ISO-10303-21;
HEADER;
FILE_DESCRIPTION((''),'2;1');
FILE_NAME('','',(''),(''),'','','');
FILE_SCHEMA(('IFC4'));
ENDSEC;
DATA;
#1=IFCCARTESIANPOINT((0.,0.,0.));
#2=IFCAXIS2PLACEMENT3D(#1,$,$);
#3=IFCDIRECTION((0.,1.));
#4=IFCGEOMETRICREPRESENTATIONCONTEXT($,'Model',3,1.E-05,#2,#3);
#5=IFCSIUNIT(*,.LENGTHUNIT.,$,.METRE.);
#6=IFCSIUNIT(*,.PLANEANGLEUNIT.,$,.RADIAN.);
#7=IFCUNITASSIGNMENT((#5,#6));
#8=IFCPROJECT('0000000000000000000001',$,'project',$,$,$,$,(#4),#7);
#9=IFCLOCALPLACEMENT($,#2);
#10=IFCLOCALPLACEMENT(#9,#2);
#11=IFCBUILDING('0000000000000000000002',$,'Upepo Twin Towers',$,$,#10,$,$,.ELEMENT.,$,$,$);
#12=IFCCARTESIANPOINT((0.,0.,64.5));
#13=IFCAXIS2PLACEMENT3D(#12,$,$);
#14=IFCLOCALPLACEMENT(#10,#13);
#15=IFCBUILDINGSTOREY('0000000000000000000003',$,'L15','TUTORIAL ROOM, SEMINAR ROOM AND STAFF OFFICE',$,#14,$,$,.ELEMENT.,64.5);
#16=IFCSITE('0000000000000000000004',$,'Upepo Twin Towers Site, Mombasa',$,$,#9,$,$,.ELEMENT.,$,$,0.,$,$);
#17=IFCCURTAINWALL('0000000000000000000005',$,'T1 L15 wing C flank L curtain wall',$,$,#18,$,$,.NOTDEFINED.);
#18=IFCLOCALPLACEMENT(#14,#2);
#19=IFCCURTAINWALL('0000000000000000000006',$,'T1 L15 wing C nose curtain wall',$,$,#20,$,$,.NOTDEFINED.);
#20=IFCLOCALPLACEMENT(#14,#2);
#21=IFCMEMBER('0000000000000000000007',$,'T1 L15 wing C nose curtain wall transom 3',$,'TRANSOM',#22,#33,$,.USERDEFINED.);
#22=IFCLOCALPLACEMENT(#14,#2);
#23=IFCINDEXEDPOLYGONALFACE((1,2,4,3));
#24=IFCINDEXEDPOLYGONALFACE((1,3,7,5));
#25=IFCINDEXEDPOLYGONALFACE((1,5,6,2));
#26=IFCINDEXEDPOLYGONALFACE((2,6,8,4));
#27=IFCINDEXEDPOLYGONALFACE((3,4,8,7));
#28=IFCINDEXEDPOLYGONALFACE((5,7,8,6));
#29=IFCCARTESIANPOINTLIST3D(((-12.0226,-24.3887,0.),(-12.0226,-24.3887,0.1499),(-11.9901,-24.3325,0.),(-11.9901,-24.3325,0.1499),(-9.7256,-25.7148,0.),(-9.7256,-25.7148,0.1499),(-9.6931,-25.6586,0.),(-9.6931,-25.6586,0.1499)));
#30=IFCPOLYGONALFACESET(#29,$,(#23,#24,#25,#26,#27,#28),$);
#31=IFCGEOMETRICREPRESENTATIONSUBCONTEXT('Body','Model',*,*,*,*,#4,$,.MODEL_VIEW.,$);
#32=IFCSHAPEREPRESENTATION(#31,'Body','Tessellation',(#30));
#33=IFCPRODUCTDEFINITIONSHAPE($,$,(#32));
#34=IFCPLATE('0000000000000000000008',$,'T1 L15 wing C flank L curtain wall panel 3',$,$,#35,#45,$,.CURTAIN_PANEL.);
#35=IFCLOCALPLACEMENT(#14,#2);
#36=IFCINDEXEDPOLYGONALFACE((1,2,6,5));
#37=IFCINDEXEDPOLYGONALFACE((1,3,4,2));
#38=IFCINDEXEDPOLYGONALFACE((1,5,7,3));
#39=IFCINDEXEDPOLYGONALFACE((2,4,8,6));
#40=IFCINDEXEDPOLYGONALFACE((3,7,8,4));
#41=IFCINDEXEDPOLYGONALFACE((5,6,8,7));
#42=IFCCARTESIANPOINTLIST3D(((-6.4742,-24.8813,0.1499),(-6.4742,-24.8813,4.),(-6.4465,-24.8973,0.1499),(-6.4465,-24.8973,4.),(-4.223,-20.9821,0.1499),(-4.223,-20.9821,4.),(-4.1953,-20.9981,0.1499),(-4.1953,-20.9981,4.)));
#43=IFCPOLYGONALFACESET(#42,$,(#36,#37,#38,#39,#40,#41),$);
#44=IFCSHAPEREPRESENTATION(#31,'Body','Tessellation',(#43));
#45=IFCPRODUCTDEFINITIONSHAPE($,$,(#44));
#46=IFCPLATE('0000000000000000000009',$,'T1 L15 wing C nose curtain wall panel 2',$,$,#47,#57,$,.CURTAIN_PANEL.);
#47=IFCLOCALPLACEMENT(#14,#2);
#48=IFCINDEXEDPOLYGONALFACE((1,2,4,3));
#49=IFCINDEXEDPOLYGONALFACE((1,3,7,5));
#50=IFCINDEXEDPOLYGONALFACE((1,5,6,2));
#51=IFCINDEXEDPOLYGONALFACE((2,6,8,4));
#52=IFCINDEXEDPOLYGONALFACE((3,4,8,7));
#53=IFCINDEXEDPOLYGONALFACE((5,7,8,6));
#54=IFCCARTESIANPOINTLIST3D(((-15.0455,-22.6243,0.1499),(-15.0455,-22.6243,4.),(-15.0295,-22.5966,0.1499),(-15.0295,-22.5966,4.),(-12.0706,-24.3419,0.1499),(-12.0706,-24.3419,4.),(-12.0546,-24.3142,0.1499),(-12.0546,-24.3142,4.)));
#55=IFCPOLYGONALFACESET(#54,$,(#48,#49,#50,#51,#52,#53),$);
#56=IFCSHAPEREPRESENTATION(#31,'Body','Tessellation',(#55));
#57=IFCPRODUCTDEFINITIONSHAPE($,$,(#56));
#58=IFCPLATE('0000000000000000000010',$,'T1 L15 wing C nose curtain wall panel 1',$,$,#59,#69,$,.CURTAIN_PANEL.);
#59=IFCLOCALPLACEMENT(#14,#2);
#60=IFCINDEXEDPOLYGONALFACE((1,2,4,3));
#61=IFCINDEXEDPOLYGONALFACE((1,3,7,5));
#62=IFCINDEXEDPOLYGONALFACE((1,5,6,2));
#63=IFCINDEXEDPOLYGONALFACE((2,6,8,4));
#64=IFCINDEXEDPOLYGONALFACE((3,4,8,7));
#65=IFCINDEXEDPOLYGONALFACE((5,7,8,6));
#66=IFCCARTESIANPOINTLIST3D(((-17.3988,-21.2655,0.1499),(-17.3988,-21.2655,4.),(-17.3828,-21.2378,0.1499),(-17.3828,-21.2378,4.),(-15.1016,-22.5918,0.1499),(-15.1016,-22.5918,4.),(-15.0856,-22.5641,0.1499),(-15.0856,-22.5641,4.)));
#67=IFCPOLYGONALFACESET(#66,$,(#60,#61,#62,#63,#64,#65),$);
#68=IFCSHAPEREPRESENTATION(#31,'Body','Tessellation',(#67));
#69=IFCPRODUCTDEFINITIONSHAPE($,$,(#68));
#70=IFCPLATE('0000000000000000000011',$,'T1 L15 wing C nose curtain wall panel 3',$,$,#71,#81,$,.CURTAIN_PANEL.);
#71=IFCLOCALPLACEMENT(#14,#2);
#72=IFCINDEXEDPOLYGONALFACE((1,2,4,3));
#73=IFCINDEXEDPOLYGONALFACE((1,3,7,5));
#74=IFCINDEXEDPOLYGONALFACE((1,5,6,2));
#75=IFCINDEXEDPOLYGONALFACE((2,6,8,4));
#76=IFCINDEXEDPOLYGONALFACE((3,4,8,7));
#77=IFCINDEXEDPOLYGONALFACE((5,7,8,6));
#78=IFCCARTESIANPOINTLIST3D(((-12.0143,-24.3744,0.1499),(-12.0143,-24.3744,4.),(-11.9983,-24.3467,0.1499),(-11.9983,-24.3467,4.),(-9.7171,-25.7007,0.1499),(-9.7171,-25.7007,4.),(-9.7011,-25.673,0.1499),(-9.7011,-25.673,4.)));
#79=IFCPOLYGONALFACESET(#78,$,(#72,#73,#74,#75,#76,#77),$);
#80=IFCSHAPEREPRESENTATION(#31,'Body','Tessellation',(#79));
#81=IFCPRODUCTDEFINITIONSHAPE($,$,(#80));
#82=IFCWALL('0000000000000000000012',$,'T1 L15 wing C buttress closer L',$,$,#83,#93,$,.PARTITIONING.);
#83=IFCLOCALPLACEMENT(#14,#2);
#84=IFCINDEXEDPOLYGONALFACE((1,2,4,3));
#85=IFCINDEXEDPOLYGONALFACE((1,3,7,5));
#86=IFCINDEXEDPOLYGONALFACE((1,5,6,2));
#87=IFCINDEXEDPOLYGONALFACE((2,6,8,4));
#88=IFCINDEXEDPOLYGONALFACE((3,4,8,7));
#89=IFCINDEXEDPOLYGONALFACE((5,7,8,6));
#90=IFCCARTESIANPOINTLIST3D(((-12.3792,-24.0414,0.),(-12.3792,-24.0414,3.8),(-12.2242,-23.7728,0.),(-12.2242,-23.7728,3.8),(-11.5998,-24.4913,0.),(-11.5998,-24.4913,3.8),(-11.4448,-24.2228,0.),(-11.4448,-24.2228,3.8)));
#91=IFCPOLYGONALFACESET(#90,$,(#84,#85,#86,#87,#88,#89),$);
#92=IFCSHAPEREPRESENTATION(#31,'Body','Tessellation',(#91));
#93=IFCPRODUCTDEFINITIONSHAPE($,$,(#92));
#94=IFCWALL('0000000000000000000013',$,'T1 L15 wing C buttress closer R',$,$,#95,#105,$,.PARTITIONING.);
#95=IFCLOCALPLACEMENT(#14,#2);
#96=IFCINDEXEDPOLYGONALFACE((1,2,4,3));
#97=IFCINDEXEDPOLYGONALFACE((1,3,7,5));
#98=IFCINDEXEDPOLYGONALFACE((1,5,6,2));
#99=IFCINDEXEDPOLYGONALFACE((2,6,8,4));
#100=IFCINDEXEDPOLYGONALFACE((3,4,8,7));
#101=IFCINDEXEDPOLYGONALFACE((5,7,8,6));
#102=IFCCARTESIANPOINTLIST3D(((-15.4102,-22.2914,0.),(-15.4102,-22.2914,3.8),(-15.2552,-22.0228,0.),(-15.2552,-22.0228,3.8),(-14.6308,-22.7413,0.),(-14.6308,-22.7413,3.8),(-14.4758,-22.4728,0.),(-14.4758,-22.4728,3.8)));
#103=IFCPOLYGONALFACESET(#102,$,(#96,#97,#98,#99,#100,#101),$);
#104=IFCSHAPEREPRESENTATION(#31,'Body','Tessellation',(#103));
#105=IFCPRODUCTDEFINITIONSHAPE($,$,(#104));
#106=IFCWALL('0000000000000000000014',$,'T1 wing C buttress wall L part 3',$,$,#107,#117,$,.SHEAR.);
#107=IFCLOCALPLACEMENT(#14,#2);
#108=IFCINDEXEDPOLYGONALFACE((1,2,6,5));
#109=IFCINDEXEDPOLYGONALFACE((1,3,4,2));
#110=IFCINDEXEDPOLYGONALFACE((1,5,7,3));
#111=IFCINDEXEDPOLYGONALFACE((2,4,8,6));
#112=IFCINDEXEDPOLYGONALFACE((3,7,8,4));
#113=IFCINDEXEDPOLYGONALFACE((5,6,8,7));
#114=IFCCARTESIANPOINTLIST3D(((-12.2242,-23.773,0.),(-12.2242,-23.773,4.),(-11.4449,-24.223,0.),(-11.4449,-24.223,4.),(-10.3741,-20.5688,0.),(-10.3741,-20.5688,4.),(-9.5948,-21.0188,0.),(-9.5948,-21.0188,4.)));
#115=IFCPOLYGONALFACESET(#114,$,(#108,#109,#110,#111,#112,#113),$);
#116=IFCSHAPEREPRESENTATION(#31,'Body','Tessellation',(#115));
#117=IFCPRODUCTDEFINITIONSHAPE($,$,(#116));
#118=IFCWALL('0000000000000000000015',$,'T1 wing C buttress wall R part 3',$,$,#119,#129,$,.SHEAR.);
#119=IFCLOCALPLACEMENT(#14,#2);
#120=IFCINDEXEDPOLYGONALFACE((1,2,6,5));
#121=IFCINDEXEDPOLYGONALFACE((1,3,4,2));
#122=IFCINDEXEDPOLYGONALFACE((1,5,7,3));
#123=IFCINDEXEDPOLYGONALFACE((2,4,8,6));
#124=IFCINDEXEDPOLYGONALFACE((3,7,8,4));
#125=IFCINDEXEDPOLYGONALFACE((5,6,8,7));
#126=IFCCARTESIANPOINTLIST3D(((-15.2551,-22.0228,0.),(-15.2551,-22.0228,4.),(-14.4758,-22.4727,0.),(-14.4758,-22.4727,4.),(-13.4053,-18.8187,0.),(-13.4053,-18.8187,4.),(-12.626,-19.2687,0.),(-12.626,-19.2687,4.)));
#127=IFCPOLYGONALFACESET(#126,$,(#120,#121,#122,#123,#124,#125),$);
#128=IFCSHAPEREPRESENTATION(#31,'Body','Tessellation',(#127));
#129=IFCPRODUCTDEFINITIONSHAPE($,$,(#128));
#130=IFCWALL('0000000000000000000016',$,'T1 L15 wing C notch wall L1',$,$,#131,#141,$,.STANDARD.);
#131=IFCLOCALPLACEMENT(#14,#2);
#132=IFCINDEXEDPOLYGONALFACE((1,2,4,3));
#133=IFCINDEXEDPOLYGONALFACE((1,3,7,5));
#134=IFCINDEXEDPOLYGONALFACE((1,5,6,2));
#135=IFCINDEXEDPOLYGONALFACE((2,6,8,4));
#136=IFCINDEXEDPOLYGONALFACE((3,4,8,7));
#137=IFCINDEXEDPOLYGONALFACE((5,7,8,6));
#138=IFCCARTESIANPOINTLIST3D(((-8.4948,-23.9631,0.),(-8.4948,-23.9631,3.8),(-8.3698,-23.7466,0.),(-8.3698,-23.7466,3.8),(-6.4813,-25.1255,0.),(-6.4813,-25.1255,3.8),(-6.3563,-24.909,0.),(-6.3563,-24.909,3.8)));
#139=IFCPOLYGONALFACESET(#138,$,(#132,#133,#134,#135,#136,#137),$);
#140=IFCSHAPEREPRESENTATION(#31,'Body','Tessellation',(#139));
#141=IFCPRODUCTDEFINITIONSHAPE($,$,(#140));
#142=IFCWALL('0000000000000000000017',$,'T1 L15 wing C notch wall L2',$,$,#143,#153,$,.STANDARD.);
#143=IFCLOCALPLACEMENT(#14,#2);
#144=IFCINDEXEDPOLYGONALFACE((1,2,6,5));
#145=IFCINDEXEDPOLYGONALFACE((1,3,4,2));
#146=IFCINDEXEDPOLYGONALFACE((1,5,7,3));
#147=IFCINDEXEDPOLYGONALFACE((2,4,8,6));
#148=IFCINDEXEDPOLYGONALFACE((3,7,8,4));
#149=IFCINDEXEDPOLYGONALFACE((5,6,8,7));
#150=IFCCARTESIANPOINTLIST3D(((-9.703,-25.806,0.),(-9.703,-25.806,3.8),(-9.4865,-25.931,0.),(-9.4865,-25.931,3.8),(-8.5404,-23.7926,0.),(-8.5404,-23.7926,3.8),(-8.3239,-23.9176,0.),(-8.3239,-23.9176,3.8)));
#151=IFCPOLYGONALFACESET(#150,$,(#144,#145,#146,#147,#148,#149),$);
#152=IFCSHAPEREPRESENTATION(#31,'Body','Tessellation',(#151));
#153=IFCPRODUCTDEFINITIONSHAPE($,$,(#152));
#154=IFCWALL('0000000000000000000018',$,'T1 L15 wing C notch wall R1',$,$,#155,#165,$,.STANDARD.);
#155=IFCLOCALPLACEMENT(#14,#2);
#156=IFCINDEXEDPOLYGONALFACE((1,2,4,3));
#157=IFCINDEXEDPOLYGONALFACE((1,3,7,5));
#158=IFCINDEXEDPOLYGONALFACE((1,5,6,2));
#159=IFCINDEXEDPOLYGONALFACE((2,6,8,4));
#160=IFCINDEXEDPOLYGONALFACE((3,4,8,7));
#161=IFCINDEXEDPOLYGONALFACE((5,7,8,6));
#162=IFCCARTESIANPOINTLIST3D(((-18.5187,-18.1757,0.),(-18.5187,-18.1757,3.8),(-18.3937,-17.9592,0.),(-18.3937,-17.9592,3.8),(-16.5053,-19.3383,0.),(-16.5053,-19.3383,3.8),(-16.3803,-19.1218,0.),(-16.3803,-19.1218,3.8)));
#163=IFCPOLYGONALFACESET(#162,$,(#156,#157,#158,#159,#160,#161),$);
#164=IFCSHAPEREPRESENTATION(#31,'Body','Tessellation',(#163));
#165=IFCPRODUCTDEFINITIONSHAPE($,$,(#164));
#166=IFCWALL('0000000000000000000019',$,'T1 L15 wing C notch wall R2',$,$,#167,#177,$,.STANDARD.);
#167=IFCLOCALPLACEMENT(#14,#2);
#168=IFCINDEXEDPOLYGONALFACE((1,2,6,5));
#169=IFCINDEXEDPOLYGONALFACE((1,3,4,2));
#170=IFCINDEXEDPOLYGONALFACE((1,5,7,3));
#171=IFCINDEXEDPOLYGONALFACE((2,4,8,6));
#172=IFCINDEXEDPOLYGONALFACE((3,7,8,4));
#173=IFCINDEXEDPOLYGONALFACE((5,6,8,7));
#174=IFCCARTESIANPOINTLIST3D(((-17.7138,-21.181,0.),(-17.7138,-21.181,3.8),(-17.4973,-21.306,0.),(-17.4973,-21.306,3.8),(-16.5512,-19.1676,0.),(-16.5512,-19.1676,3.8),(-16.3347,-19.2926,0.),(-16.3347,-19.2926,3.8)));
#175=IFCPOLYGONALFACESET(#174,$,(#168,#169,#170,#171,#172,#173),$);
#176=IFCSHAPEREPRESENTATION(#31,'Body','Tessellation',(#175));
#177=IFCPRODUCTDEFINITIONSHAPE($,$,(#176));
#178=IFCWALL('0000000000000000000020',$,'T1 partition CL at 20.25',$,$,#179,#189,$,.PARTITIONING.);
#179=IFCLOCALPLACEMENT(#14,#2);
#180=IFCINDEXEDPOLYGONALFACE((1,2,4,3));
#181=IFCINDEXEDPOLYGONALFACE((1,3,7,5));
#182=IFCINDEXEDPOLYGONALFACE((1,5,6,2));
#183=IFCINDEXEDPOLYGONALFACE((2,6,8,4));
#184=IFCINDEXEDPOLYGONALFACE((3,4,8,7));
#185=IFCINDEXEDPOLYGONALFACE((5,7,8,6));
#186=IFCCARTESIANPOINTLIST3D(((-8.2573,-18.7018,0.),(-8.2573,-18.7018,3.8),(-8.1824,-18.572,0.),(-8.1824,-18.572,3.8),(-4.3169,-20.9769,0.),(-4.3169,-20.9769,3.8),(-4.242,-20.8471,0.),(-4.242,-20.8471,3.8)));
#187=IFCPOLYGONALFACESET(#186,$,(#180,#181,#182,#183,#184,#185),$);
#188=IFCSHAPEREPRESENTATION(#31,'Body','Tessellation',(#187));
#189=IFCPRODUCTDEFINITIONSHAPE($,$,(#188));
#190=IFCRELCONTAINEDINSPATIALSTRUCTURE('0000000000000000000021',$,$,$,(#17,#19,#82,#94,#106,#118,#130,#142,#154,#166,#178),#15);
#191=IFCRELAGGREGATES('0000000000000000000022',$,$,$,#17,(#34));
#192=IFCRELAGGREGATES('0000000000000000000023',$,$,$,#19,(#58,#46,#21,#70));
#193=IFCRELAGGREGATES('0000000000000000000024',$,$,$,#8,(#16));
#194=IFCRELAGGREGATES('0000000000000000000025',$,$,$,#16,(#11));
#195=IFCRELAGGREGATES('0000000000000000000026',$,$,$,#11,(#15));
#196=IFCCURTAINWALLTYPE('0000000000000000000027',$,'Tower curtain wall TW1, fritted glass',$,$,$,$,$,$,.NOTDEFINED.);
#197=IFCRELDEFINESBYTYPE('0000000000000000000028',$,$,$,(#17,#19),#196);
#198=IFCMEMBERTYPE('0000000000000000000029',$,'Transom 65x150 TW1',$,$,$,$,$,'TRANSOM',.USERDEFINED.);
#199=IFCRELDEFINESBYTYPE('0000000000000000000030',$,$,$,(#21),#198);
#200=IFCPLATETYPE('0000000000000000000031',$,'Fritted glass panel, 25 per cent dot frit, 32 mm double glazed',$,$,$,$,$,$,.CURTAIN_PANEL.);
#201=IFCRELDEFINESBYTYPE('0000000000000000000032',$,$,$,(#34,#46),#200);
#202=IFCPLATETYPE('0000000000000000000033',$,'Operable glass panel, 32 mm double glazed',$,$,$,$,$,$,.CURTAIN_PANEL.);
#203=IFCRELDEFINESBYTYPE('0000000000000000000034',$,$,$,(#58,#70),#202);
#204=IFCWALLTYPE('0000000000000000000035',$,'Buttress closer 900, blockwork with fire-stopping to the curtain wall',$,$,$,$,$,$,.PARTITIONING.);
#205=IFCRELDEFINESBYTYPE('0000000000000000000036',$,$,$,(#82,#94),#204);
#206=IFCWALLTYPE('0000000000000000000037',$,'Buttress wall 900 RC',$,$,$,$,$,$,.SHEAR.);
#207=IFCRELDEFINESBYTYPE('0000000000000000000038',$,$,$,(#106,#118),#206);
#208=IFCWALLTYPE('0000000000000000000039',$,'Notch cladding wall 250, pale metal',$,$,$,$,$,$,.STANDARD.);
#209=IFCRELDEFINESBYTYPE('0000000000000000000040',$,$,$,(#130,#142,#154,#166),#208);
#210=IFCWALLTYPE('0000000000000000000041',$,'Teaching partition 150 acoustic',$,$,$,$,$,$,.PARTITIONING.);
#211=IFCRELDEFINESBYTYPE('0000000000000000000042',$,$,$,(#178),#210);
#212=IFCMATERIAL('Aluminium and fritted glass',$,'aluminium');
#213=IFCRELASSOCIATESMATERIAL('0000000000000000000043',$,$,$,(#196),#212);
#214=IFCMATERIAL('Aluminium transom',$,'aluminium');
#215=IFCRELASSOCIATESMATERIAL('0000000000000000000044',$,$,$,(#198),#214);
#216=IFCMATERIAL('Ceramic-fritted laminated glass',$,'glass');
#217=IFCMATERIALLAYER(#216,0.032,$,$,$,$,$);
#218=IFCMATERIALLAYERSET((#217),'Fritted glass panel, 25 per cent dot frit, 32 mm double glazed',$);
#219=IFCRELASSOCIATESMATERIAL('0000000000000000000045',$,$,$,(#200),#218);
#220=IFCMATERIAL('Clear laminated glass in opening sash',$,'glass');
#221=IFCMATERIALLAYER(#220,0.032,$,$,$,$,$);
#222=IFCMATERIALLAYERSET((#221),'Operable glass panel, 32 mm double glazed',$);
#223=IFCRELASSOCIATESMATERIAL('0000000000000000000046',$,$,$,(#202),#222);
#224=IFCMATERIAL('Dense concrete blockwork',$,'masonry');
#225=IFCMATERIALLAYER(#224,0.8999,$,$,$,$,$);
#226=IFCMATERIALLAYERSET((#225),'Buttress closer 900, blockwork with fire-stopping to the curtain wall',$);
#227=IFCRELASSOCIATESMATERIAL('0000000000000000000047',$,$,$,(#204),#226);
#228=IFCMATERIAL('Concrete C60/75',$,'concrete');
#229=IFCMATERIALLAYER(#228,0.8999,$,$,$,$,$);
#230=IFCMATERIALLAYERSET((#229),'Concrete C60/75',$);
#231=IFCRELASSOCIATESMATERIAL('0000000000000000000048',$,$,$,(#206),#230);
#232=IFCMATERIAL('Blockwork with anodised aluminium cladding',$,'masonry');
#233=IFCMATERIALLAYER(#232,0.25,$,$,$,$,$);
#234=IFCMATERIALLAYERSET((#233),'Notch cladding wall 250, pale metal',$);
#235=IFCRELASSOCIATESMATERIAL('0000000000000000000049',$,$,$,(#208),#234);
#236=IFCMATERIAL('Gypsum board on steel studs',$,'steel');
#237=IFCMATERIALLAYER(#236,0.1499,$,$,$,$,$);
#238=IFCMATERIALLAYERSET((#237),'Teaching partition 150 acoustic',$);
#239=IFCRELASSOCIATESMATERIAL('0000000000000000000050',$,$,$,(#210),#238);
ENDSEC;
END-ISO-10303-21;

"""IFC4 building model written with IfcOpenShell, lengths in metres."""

from ifc_helpers import new_model, si_unit, direction, frame, frame_2d, origin, origin_2d, place, context, subcontext, project, spatial, rectangle, extrude, material, layer, layer_set, material_profile, profile_set, type_object, element, aggregate, save


model = new_model("IFC4")

# Units and contexts
model_context = context("Model", 3, precision=1e-05, world=origin(), true_north=direction((0.0, 1.0)))
body_context = subcontext(model_context, "Body", "Model", "MODEL_VIEW")
ifc_project = project(units=[si_unit("LENGTHUNIT", "METRE"), si_unit("PLANEANGLEUNIT", "RADIAN")], contexts=[model_context])

# Site, building, storey
site_placement = place(None, origin())
site = spatial("IfcSite", under=ifc_project, at=site_placement, Name="Upepo Twin Towers Site, Mombasa", CompositionType="ELEMENT", RefElevation=0.0)
building_placement = place(site_placement, origin())
building = spatial("IfcBuilding", under=site, at=building_placement, Name="Upepo Twin Towers", CompositionType="ELEMENT")
storey_placement = place(building_placement, frame((0.0, 0.0, 64.5)))
storey = spatial("IfcBuildingStorey", under=building, at=storey_placement, Name="L15", Description="TUTORIAL ROOM, SEMINAR ROOM AND STAFF OFFICE", CompositionType="ELEMENT", Elevation=64.5)

# Curtain wall
ifc_material_1 = material(Name="Aluminium and fritted glass", Category="aluminium")
curtain_wall_type = type_object("IfcCurtainWallType", Name="Tower curtain wall TW1, fritted glass", PredefinedType="NOTDEFINED", material=ifc_material_1)
curtain_wall_1_placement = place(storey_placement, origin())
curtain_wall_1 = element("IfcCurtainWall", 1, at=curtain_wall_1_placement, inside=storey, type_object=curtain_wall_type, Name="T1 L15 wing C flank L curtain wall", PredefinedType="NOTDEFINED")

# Curtain wall
curtain_wall_2_placement = place(storey_placement, origin())
curtain_wall_2 = element("IfcCurtainWall", 2, at=curtain_wall_2_placement, inside=storey, type_object=curtain_wall_type, Name="T1 L15 wing C nose curtain wall", PredefinedType="NOTDEFINED")

# Member
ifc_material_2 = material(Name="Aluminium transom", Category="aluminium")
ifc_material_profile_1 = material_profile(ifc_material_2, rectangle(XDim=0.0649, YDim=0.1499, at=origin_2d()), Name="TRANSOM 65x150")
ifc_profile_set_1 = profile_set([ifc_material_profile_1], Name="Aluminium transom")
member_type_1 = type_object("IfcMemberType", Name="Transom 65x150 TW1", ElementType="TRANSOM", PredefinedType="USERDEFINED", material=ifc_profile_set_1)
member_1_placement = place(storey_placement, frame((-12.0063, -24.3606, 0.075), z_axis=(0.866037, -0.49998, 0.0), x_axis=(0.49998, 0.866037, 0.0)))
member_1 = element("IfcMember", 3, at=member_1_placement, type_object=member_type_1, Name="T1 L15 wing C nose curtain wall transom 3", ObjectType="TRANSOM", PredefinedType="USERDEFINED", context=body_context, shape_type="SweptSolid", body=[
    extrude(rectangle(XDim=0.0649, YDim=0.1499, at=origin_2d()), origin(), (0.0, 0.0, 1.0), 2.6523),
])

# Plates
ifc_material_3 = material(Name="Ceramic-fritted laminated glass", Category="glass")
ifc_layer_1 = layer(ifc_material_3, 0.032)
ifc_layer_set_1 = layer_set([ifc_layer_1], Name="Fritted glass panel, 25 per cent dot frit, 32 mm double glazed")
plate_type_1 = type_object("IfcPlateType", Name="Fritted glass panel, 25 per cent dot frit, 32 mm double glazed", PredefinedType="CURTAIN_PANEL", material=ifc_layer_set_1)
plate_1_placement = place(storey_placement, frame((-5.3347, -22.9397, 0.1499), z_axis=(0.0, 0.0, 1.0), x_axis=(-0.5, -0.866025, 0.0)))
plate_1 = element("IfcPlate", 4, at=plate_1_placement, type_object=plate_type_1, Name="T1 L15 wing C flank L curtain wall panel 3", PredefinedType="CURTAIN_PANEL", context=body_context, shape_type="SweptSolid", body=[
    extrude(rectangle(XDim=4.5024, YDim=0.032, at=origin_2d()), origin(), (0.0, 0.0, 1.0), 3.8501),
])
aggregate(curtain_wall_1, [plate_1])
plate_2_placement = place(storey_placement, frame((-13.55, -23.4692, 0.1499), z_axis=(0.0, 0.0, 1.0), x_axis=(0.866025, -0.5, 0.0)))
plate_2 = element("IfcPlate", 5, at=plate_2_placement, type_object=plate_type_1, Name="T1 L15 wing C nose curtain wall panel 2", PredefinedType="CURTAIN_PANEL", context=body_context, shape_type="SweptSolid", body=[
    extrude(rectangle(XDim=3.4351, YDim=0.032, at=origin_2d()), origin(), (0.0, 0.0, 1.0), 3.8501),
])
ifc_material_4 = material(Name="Clear laminated glass in opening sash", Category="glass")
ifc_layer_2 = layer(ifc_material_4, 0.032)
ifc_layer_set_2 = layer_set([ifc_layer_2], Name="Operable glass panel, 32 mm double glazed")
plate_type_2 = type_object("IfcPlateType", Name="Operable glass panel, 32 mm double glazed", PredefinedType="CURTAIN_PANEL", material=ifc_layer_set_2)
plate_3_placement = place(storey_placement, frame((-16.2422, -21.9148, 0.1499), z_axis=(0.0, 0.0, 1.0), x_axis=(0.866025, -0.5, 0.0)))
plate_3 = element("IfcPlate", 6, at=plate_3_placement, type_object=plate_type_2, Name="T1 L15 wing C nose curtain wall panel 1", PredefinedType="CURTAIN_PANEL", context=body_context, shape_type="SweptSolid", body=[
    extrude(rectangle(XDim=2.6526, YDim=0.032, at=origin_2d()), origin(), (0.0, 0.0, 1.0), 3.8501),
])
plate_4_placement = place(storey_placement, frame((-10.8577, -25.0237, 0.1499), z_axis=(0.0, 0.0, 1.0), x_axis=(0.866025, -0.5, 0.0)))
plate_4 = element("IfcPlate", 7, at=plate_4_placement, type_object=plate_type_2, Name="T1 L15 wing C nose curtain wall panel 3", PredefinedType="CURTAIN_PANEL", context=body_context, shape_type="SweptSolid", body=[
    extrude(rectangle(XDim=2.6526, YDim=0.032, at=origin_2d()), origin(), (0.0, 0.0, 1.0), 3.8501),
])
aggregate(curtain_wall_2, [plate_3, plate_2, member_1, plate_4])

# Walls
ifc_material_5 = material(Name="Dense concrete blockwork", Category="masonry")
ifc_layer_3 = layer(ifc_material_5, 0.8999)
ifc_layer_set_3 = layer_set([ifc_layer_3], Name="Buttress closer 900, blockwork with fire-stopping to the curtain wall")
wall_type_1 = type_object("IfcWallType", Name="Buttress closer 900, blockwork with fire-stopping to the curtain wall", PredefinedType="PARTITIONING", material=ifc_layer_set_3)
for number, where, z_axis, x_axis, name in (
    (8, (-11.8345, -23.9978, 0.0), (0.0, 0.0, 1.0), (-0.49995, -0.866054, 0.0), "T1 L15 wing C buttress closer L"),
    (9, (-14.8655, -22.2478, 0.0), (0.0, 0.0, 1.0), (-0.49995, -0.866054, 0.0), "T1 L15 wing C buttress closer R"),
):
    element("IfcWall", number, at=place(storey_placement, frame(where, z_axis=z_axis, x_axis=x_axis)), inside=storey, type_object=wall_type_1, Name=name, PredefinedType="PARTITIONING", context=body_context, shape_type="SweptSolid", body=[
        extrude(rectangle(XDim=0.3101, YDim=0.8999, at=frame_2d((0.155, 0.0))), origin(), (0.0, 0.0, 1.0), 3.8),
    ])
ifc_material_6 = material(Name="Concrete C60/75", Category="concrete")
ifc_layer_4 = layer(ifc_material_6, 0.8999)
ifc_layer_set_4 = layer_set([ifc_layer_4], Name="Concrete C60/75")
wall_type_2 = type_object("IfcWallType", Name="Buttress wall 900 RC", PredefinedType="SHEAR", material=ifc_layer_set_4)
wall_1_placement = place(storey_placement, frame((-9.9844, -20.7937, 0.0), z_axis=(0.0, 0.0, 1.0), x_axis=(-0.500042, -0.866001, 0.0)))
element("IfcWall", 10, at=wall_1_placement, inside=storey, type_object=wall_type_2, Name="T1 wing C buttress wall L part 3", PredefinedType="SHEAR", context=body_context, shape_type="SweptSolid", body=[
    extrude(rectangle(XDim=3.7, YDim=0.8999, at=frame_2d((1.8501, 0.0))), origin(), (0.0, 0.0, 1.0), 4.0),
])
wall_2_placement = place(storey_placement, frame((-13.0156, -19.0437, 0.0), z_axis=(0.0, 0.0, 1.0), x_axis=(-0.499993, -0.86603, 0.0)))
element("IfcWall", 11, at=wall_2_placement, inside=storey, type_object=wall_type_2, Name="T1 wing C buttress wall R part 3", PredefinedType="SHEAR", context=body_context, shape_type="SweptSolid", body=[
    extrude(rectangle(XDim=3.6997, YDim=0.8999, at=frame_2d((1.8499, 0.0))), origin(), (0.0, 0.0, 1.0), 4.0),
])
ifc_material_7 = material(Name="Blockwork with anodised aluminium cladding", Category="masonry")
ifc_layer_5 = layer(ifc_material_7, 0.25)
ifc_layer_set_5 = layer_set([ifc_layer_5], Name="Notch cladding wall 250, pale metal")
wall_type_3 = type_object("IfcWallType", Name="Notch cladding wall 250, pale metal", PredefinedType="STANDARD", material=ifc_layer_set_5)
for number, where, z_axis, x_axis, name in (
    (12, (-6.4187, -25.0173, 0.0), (0.0, 0.0, 1.0), (-0.866044, 0.499968, 0.0), "T1 L15 wing C notch wall L1"),
    (13, (-8.4321, -23.855, 0.0), (0.0, 0.0, 1.0), (-0.500047, -0.865998, 0.0), "T1 L15 wing C notch wall L2"),
    (14, (-18.4563, -18.0674, 0.0), (0.0, 0.0, 1.0), (0.865998, -0.500047, 0.0), "T1 L15 wing C notch wall R1"),
    (15, (-16.4429, -19.23, 0.0), (0.0, 0.0, 1.0), (-0.500047, -0.865998, 0.0), "T1 L15 wing C notch wall R2"),
):
    element("IfcWall", number, at=place(storey_placement, frame(where, z_axis=z_axis, x_axis=x_axis)), inside=storey, type_object=wall_type_3, Name=name, PredefinedType="STANDARD", context=body_context, shape_type="SweptSolid", body=[
        extrude(rectangle(XDim=2.325, YDim=0.25, at=frame_2d((1.1626, 0.0))), origin(), (0.0, 0.0, 1.0), 3.8),
    ])
ifc_material_8 = material(Name="Gypsum board on steel studs", Category="steel")
ifc_layer_6 = layer(ifc_material_8, 0.1499)
ifc_layer_set_6 = layer_set([ifc_layer_6], Name="Teaching partition 150 acoustic")
wall_type_4 = type_object("IfcWallType", Name="Teaching partition 150 acoustic", PredefinedType="PARTITIONING", material=ifc_layer_set_6)
wall_3_placement = place(storey_placement, frame((-8.2197, -18.637, 0.0), z_axis=(0.0, 0.0, 1.0), x_axis=(0.866012, -0.500023, 0.0)))
element("IfcWall", 16, at=wall_3_placement, inside=storey, type_object=wall_type_4, Name="T1 partition CL at 20.25", PredefinedType="PARTITIONING", context=body_context, shape_type="SweptSolid", body=[
    extrude(rectangle(XDim=4.55, YDim=0.1499, at=frame_2d((2.2749, 0.0))), origin(), (0.0, 0.0, 1.0), 3.8),
])

save(model, "model.ifc")
